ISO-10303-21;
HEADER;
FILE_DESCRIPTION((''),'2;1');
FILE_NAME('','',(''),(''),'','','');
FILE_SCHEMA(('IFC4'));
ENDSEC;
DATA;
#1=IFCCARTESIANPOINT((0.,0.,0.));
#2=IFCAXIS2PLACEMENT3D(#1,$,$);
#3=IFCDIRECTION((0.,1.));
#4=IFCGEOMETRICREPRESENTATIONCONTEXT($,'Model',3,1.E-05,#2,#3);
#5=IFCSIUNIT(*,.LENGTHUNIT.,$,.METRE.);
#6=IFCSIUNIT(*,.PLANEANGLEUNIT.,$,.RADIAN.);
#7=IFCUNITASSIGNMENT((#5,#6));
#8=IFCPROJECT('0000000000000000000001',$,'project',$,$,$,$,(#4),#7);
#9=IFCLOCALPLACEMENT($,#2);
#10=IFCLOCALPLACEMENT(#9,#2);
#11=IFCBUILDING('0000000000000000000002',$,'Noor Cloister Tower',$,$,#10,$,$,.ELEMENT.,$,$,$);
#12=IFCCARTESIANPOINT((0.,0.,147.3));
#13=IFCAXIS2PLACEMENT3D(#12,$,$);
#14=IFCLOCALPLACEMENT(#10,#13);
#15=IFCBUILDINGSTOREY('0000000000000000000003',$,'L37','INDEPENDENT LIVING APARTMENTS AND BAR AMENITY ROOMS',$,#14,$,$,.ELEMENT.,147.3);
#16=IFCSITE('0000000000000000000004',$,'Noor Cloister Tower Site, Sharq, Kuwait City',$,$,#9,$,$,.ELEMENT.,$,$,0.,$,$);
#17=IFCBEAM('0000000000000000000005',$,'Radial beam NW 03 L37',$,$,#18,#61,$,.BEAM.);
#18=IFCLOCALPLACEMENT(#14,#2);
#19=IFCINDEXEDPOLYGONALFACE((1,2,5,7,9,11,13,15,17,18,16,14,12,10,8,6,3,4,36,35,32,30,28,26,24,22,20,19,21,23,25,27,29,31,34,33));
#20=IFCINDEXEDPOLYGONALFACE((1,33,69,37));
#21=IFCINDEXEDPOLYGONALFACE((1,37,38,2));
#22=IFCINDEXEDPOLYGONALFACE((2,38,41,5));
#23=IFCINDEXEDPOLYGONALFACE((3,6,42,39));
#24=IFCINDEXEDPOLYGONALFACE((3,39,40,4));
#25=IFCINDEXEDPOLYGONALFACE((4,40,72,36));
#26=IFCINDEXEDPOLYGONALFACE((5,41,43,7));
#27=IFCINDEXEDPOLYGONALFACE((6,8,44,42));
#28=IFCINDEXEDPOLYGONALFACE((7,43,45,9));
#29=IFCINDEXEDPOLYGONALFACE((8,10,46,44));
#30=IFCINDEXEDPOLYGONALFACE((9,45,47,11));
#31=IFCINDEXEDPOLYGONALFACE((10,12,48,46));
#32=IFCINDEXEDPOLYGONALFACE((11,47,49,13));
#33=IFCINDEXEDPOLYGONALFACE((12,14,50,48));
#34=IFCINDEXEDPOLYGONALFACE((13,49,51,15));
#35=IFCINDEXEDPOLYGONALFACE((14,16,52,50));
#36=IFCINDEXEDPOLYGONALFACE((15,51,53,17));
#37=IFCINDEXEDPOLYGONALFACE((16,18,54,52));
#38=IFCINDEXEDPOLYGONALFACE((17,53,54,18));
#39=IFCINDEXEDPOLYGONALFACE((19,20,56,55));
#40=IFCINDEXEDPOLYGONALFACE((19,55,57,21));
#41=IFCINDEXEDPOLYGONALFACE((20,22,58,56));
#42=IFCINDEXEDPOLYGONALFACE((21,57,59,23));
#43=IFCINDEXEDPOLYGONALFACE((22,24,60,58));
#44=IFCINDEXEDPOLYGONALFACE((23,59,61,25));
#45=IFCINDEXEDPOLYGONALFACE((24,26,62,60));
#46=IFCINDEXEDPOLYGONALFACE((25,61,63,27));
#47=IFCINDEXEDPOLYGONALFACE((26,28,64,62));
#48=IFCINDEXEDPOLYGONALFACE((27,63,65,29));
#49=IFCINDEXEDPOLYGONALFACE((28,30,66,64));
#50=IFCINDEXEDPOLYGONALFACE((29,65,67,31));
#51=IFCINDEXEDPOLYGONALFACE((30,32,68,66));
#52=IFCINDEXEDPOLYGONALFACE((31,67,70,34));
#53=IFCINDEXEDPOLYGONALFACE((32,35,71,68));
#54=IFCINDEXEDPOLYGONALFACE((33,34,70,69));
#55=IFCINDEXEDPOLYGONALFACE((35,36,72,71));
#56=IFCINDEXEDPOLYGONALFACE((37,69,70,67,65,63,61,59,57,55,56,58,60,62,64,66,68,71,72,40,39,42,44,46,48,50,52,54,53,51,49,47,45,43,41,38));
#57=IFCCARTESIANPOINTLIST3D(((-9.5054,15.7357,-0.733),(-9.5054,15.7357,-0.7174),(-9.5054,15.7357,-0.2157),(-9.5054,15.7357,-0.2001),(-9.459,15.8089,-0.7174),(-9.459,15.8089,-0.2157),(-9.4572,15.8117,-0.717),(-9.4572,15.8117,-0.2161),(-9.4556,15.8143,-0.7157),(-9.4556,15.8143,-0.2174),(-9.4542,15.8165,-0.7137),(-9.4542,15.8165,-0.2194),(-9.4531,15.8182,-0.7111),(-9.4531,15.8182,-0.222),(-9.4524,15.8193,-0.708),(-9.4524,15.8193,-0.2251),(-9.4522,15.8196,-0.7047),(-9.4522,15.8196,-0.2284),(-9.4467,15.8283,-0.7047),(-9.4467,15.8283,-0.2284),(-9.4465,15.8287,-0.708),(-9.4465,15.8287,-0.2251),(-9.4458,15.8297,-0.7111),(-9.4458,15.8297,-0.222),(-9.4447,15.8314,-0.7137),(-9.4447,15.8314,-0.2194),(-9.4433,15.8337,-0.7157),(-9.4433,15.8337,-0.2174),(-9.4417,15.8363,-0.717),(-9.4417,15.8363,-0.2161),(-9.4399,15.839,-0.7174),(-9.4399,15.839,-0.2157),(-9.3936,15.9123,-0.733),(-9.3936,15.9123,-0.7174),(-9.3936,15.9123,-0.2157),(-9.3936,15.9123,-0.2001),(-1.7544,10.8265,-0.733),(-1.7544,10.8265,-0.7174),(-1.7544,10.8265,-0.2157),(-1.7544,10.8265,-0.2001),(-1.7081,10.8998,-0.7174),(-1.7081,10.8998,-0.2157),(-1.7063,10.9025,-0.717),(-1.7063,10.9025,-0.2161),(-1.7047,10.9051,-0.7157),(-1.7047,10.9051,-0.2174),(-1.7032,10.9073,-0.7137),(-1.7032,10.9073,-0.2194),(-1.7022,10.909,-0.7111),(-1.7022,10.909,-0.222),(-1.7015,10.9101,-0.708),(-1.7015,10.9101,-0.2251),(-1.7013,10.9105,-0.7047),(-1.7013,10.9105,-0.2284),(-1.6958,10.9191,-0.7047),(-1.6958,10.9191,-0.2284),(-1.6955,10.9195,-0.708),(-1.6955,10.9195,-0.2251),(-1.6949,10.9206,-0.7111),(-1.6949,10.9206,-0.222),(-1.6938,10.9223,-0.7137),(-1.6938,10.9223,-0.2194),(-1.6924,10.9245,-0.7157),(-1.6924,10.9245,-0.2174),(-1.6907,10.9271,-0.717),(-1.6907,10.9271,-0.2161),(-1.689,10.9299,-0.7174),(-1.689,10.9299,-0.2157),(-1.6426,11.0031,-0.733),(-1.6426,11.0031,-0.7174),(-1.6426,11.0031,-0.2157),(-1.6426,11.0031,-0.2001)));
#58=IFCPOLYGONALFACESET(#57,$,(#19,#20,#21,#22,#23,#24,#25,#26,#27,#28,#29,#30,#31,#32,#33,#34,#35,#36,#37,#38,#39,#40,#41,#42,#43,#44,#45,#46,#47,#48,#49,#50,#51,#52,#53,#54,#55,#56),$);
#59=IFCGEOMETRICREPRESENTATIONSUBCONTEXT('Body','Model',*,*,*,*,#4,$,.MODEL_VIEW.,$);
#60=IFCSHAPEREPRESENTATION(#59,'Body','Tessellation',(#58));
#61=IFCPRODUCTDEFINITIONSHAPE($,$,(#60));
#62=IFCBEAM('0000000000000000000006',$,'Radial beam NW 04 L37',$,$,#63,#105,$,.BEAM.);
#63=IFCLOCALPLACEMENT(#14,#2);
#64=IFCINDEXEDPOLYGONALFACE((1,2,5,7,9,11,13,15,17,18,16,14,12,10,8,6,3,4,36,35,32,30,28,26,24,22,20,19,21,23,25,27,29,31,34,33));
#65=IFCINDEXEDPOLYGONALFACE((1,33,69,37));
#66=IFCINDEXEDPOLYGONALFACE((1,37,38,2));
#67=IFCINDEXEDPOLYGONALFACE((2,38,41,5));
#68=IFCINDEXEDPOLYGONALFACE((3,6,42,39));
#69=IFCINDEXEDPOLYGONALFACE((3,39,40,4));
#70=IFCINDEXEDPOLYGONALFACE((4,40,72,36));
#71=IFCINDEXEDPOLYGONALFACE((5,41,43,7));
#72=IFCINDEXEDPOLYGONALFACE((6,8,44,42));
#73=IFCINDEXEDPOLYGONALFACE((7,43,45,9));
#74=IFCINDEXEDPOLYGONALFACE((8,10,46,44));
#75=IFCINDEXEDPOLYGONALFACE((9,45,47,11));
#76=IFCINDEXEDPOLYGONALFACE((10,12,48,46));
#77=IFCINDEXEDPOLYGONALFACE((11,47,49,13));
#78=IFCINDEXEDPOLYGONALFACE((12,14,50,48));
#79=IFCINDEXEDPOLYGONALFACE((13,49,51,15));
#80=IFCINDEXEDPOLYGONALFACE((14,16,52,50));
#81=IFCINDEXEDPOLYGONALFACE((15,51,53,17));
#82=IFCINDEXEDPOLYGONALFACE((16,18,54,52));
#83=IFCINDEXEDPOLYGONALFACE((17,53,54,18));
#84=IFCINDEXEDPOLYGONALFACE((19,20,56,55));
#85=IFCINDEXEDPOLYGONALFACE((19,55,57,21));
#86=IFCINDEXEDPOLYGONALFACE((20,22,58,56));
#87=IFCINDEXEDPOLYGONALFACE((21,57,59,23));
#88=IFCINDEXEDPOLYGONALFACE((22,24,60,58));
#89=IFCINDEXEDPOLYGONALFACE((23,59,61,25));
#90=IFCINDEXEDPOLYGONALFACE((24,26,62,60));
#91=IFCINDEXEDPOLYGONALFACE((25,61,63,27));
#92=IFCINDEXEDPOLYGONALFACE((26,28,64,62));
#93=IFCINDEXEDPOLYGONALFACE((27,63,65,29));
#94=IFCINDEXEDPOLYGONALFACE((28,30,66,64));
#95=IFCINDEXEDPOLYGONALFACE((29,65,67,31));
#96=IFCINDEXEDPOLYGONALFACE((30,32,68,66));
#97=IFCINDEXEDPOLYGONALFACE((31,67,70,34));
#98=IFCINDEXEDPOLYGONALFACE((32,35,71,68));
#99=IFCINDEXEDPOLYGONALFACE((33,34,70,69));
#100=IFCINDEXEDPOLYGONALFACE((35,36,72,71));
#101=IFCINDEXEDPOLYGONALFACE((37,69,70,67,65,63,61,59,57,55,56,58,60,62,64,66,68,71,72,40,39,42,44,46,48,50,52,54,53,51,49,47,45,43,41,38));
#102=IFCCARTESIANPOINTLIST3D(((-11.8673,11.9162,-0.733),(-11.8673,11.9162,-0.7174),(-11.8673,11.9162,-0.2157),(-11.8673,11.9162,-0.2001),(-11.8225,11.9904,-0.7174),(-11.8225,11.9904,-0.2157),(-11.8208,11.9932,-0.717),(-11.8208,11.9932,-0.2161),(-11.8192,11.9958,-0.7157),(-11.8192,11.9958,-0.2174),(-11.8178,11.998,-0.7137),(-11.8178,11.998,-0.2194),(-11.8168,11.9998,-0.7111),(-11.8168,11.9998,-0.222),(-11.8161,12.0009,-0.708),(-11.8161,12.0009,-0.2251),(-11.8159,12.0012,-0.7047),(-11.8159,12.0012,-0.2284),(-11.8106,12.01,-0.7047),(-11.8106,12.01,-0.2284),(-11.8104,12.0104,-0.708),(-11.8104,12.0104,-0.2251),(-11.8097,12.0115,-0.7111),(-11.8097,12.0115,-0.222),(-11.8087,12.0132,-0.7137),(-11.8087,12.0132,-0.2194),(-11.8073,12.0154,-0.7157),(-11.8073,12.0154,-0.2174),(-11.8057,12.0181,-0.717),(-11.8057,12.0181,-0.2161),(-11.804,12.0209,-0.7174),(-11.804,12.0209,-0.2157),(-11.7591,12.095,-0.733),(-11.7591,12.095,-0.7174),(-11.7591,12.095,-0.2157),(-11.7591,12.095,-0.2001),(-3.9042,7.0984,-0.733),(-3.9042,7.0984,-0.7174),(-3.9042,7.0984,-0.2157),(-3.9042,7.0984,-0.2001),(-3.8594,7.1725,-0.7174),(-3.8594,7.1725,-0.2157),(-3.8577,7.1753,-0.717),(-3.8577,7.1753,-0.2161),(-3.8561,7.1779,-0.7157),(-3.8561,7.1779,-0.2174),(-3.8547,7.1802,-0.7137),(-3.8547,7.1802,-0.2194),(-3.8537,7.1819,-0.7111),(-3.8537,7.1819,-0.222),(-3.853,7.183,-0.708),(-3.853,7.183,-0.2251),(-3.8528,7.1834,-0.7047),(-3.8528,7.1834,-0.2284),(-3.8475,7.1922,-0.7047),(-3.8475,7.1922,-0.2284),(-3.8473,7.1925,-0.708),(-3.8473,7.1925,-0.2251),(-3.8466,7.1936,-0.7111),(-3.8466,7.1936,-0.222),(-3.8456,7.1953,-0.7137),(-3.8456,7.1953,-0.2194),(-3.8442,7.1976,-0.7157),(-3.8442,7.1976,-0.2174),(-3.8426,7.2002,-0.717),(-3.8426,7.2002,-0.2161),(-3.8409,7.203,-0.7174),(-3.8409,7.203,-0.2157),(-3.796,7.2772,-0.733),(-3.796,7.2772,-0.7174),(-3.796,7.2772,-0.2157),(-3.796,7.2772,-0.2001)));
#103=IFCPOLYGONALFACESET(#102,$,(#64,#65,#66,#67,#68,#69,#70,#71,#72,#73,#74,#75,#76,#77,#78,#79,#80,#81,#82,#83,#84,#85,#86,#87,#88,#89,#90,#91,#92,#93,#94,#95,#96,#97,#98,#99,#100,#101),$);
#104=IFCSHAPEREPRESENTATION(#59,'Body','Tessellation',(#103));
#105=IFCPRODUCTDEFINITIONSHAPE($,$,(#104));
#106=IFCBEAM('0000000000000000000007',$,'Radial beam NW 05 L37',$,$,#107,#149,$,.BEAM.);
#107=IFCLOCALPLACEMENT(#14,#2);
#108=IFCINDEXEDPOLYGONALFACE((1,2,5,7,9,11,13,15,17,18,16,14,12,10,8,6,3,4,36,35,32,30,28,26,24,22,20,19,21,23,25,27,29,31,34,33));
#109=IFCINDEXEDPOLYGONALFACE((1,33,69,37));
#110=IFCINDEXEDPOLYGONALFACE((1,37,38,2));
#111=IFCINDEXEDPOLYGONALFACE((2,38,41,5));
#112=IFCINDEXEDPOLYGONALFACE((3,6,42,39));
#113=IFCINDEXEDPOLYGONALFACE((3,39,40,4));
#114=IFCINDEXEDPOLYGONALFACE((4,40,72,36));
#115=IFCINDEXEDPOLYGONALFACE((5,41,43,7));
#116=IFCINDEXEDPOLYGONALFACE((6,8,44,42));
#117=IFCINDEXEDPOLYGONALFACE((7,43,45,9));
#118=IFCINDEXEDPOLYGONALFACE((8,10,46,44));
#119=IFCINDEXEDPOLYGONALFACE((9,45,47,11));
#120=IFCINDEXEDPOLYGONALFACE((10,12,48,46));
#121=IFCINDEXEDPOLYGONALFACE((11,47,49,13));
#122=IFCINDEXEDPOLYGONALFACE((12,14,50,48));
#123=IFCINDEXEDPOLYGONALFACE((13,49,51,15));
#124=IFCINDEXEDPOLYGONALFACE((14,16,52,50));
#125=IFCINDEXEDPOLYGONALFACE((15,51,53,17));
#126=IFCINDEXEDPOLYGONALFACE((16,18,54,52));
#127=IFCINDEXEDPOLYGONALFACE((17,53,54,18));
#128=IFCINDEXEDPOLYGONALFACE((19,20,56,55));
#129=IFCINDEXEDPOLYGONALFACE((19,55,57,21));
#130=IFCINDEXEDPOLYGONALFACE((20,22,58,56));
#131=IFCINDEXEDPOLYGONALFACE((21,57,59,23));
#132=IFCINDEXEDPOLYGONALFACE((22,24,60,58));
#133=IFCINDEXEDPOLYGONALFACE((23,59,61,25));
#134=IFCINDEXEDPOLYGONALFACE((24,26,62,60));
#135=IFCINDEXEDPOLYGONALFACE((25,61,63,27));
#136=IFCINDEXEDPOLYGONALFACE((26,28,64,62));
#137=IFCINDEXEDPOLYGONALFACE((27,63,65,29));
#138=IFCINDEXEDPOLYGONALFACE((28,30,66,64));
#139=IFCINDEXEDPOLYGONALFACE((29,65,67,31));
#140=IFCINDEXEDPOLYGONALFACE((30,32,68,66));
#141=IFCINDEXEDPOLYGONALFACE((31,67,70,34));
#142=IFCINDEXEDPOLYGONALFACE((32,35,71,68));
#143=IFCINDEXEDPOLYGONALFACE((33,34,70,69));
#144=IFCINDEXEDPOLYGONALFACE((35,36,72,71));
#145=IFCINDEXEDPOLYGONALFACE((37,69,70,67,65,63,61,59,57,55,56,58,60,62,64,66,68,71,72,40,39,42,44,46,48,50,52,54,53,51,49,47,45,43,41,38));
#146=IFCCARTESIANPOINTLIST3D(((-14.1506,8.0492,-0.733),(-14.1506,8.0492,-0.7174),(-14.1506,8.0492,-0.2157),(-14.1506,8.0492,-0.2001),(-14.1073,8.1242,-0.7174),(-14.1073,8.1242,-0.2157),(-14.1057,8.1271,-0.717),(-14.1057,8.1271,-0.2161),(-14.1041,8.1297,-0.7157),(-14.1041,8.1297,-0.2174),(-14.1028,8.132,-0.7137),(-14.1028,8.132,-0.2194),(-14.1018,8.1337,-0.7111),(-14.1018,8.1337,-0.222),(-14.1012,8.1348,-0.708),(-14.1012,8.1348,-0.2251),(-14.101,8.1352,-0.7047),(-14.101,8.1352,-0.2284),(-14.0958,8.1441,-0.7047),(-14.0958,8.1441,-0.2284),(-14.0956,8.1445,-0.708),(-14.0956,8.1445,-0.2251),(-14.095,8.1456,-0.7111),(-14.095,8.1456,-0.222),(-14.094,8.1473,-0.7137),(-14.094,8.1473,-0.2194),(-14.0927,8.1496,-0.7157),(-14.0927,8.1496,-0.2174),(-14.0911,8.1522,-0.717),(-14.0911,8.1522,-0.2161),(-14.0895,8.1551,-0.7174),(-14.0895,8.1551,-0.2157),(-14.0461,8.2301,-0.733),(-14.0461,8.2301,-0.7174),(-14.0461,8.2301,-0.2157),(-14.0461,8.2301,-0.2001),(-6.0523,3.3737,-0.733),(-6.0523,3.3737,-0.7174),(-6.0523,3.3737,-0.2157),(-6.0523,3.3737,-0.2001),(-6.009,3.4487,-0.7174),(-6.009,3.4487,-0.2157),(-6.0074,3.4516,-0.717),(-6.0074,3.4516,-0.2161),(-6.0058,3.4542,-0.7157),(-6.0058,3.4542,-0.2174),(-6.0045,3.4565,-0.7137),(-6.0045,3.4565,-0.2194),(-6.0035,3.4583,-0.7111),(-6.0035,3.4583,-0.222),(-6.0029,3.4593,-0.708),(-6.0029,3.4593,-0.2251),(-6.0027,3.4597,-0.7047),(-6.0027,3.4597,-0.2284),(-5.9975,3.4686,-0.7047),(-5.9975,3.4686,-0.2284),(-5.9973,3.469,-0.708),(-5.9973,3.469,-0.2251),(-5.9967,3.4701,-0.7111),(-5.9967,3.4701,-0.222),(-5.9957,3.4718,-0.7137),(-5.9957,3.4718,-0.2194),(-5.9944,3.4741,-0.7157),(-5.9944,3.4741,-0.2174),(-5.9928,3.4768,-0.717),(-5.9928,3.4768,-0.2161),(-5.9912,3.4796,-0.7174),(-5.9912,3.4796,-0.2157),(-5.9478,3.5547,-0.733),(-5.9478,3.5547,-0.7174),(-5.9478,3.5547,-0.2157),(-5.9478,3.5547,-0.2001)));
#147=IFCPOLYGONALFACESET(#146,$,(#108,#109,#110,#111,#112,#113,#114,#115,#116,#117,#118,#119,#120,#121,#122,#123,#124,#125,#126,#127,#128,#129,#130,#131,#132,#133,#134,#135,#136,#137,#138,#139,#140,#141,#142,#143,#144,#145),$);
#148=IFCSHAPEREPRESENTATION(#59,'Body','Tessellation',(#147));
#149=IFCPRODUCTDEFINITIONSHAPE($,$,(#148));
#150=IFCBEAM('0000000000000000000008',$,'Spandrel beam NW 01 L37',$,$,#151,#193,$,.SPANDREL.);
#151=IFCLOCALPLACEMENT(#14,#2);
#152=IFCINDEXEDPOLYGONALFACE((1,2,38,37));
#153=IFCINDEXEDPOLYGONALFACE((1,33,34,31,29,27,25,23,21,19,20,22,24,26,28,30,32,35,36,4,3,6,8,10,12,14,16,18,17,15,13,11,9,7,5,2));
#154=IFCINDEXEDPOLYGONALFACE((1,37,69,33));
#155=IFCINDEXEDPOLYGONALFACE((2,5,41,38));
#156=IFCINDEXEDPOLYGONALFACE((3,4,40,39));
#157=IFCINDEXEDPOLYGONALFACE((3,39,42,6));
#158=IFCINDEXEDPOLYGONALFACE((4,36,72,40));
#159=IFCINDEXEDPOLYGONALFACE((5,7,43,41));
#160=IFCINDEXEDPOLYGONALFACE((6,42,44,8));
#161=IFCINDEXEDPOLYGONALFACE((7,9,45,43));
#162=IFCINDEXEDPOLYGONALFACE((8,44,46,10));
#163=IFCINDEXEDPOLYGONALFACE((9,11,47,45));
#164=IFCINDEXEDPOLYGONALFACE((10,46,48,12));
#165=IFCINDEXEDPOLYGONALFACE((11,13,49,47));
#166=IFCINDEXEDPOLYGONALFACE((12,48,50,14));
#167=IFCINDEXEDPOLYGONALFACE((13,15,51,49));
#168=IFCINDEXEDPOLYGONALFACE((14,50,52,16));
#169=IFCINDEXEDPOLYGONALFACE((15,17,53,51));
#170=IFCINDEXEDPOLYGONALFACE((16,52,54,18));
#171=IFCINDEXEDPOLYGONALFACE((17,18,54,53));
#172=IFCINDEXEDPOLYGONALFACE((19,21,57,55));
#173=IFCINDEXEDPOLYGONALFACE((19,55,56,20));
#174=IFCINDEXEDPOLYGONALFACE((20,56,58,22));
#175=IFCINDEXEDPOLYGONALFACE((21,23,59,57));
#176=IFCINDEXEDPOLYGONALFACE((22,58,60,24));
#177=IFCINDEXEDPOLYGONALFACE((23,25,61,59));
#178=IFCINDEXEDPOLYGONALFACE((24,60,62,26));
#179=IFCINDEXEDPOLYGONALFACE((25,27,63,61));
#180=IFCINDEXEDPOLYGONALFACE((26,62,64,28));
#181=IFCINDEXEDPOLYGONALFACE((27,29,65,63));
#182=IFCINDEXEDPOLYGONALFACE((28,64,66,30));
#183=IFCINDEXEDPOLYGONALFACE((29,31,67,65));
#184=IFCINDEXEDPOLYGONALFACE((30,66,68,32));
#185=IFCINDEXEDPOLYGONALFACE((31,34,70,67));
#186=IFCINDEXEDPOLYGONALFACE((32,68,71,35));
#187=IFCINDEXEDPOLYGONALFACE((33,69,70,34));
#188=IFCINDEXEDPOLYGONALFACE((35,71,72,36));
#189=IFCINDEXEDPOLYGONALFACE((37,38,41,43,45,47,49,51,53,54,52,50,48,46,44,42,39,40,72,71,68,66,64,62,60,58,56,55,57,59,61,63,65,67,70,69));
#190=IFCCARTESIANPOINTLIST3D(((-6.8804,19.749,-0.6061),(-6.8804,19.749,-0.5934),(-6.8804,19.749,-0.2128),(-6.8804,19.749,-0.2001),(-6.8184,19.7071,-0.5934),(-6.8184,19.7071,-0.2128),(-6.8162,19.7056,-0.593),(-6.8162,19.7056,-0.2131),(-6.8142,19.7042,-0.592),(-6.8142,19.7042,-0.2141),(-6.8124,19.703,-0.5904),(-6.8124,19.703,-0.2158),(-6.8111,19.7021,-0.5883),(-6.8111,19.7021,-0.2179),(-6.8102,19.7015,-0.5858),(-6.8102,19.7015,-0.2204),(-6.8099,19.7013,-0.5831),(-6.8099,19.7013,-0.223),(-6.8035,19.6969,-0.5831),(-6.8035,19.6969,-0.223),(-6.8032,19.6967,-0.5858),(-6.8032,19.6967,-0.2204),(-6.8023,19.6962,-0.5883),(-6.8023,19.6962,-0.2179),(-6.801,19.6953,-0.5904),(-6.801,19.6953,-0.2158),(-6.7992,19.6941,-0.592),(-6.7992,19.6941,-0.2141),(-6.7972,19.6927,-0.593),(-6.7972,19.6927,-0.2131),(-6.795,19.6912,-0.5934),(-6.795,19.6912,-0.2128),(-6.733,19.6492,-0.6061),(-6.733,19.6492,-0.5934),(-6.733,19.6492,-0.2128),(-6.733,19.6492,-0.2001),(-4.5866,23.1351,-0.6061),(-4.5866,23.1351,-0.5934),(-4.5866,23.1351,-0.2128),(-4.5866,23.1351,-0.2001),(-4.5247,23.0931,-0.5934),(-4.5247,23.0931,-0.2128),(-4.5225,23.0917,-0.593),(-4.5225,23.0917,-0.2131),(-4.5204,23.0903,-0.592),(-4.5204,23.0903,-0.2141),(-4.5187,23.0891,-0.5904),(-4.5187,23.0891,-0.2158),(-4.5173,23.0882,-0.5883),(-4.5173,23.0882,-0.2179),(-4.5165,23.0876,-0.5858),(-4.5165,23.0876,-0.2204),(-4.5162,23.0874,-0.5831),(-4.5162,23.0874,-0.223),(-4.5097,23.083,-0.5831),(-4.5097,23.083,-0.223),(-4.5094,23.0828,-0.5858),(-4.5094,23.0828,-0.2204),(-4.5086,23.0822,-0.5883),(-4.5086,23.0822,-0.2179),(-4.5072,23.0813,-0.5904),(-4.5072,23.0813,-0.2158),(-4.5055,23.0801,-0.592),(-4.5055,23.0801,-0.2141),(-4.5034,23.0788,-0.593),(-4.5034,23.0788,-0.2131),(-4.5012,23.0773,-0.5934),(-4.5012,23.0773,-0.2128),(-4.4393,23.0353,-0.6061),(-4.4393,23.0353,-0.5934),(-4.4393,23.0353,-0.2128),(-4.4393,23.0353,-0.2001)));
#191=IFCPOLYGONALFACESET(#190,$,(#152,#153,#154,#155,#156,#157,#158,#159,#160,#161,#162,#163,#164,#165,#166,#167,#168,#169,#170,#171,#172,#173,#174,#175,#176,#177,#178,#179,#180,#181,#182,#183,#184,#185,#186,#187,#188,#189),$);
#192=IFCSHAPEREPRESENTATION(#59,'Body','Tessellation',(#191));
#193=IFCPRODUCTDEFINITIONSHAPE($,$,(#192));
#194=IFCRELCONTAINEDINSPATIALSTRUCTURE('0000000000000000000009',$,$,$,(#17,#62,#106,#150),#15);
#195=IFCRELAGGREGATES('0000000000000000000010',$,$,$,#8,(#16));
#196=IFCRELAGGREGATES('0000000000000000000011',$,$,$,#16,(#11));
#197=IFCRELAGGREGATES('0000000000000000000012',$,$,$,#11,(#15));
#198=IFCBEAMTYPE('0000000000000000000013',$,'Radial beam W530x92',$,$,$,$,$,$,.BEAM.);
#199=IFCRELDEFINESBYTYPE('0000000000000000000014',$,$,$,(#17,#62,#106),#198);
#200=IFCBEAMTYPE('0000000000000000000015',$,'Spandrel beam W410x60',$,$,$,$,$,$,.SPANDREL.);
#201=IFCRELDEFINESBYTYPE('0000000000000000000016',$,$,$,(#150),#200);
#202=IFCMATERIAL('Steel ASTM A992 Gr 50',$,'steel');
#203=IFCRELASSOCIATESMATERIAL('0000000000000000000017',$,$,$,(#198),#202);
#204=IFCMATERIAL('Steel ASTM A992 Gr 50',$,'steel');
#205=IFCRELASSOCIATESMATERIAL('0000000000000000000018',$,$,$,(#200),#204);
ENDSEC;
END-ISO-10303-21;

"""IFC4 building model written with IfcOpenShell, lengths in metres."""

from ifc_helpers import new_model, si_unit, direction, frame, origin, origin_2d, place, context, subcontext, project, spatial, i_section, extrude, material, material_profile, profile_set, type_object, element, save


model = new_model("IFC4")

# Units and contexts
model_context = context("Model", 3, precision=1e-05, world=origin(), true_north=direction((0.0, 1.0)))
body_context = subcontext(model_context, "Body", "Model", "MODEL_VIEW")
ifc_project = project(units=[si_unit("LENGTHUNIT", "METRE"), si_unit("PLANEANGLEUNIT", "RADIAN")], contexts=[model_context])

# Site, building, storey
site_placement = place(None, origin())
site = spatial("IfcSite", under=ifc_project, at=site_placement, Name="Noor Cloister Tower Site, Sharq, Kuwait City", CompositionType="ELEMENT", RefElevation=0.0)
building_placement = place(site_placement, origin())
building = spatial("IfcBuilding", under=site, at=building_placement, Name="Noor Cloister Tower", CompositionType="ELEMENT")
storey_placement = place(building_placement, frame((0.0, 0.0, 147.3)))
storey = spatial("IfcBuildingStorey", under=building, at=storey_placement, Name="L37", Description="INDEPENDENT LIVING APARTMENTS AND BAR AMENITY ROOMS", CompositionType="ELEMENT", Elevation=147.3)

# Beams
ifc_material_1 = material(Name="Steel ASTM A992 Gr 50", Category="steel")
ifc_material_profile_1 = material_profile(ifc_material_1, i_section(OverallWidth=0.209, OverallDepth=0.533, WebThickness=0.0103, FlangeThickness=0.0156, FilletRadius=0.0127, at=origin_2d()), Name="W530x92")
ifc_profile_set_1 = profile_set([ifc_material_profile_1], Name="Steel ASTM A992 Gr 50")
beam_type_1 = type_object("IfcBeamType", Name="Radial beam W530x92", PredefinedType="BEAM", material=ifc_profile_set_1)
beam_1_placement = place(storey_placement, frame((-9.4495, 15.824, -0.4666), z_axis=(0.844808, -0.53507, 0.0), x_axis=(0.53507, 0.844808, 0.0)))
element("IfcBeam", 1, at=beam_1_placement, inside=storey, type_object=beam_type_1, Name="Radial beam NW 03 L37", PredefinedType="BEAM", context=body_context, shape_type="SweptSolid", body=[
    extrude(i_section(OverallWidth=0.209, OverallDepth=0.533, WebThickness=0.0103, FlangeThickness=0.0156, FilletRadius=0.0127, at=origin_2d()), origin(), (0.0, 0.0, 1.0), 9.1748),
])
beam_2_placement = place(storey_placement, frame((-11.8132, 12.0056, -0.4666), z_axis=(0.855591, -0.517652, 0.0), x_axis=(0.517652, 0.855591, 0.0)))
element("IfcBeam", 2, at=beam_2_placement, inside=storey, type_object=beam_type_1, Name="Radial beam NW 04 L37", PredefinedType="BEAM", context=body_context, shape_type="SweptSolid", body=[
    extrude(i_section(OverallWidth=0.209, OverallDepth=0.533, WebThickness=0.0103, FlangeThickness=0.0156, FilletRadius=0.0127, at=origin_2d()), origin(), (0.0, 0.0, 1.0), 9.3071),
])
beam_3_placement = place(storey_placement, frame((-14.0984, 8.1396, -0.4666), z_axis=(0.866029, -0.499994, 0.0), x_axis=(0.499994, 0.866029, 0.0)))
element("IfcBeam", 3, at=beam_3_placement, inside=storey, type_object=beam_type_1, Name="Radial beam NW 05 L37", PredefinedType="BEAM", context=body_context, shape_type="SweptSolid", body=[
    extrude(i_section(OverallWidth=0.209, OverallDepth=0.533, WebThickness=0.0103, FlangeThickness=0.0156, FilletRadius=0.0127, at=origin_2d()), origin(), (0.0, 0.0, 1.0), 9.3511),
])
ifc_material_2 = material(Name="Steel ASTM A992 Gr 50", Category="steel")
ifc_material_profile_2 = material_profile(ifc_material_2, i_section(OverallWidth=0.178, OverallDepth=0.406, WebThickness=0.0078, FlangeThickness=0.0127, FilletRadius=0.0103, at=origin_2d()), Name="W410x60")
ifc_profile_set_2 = profile_set([ifc_material_profile_2], Name="Steel ASTM A992 Gr 50")
beam_type_2 = type_object("IfcBeamType", Name="Spandrel beam W410x60", PredefinedType="SPANDREL", material=ifc_profile_set_2)
beam_4_placement = place(storey_placement, frame((-4.5129, 23.0852, -0.4031), z_axis=(-0.560843, -0.827922, 0.0), x_axis=(0.827922, -0.560843, 0.0)))
element("IfcBeam", 4, at=beam_4_placement, inside=storey, type_object=beam_type_2, Name="Spandrel beam NW 01 L37", PredefinedType="SPANDREL", context=body_context, shape_type="SweptSolid", body=[
    extrude(i_section(OverallWidth=0.178, OverallDepth=0.406, WebThickness=0.0078, FlangeThickness=0.0127, FilletRadius=0.0103, at=origin_2d()), origin(), (0.0, 0.0, 1.0), 4.0898),
])

save(model, "model.ifc")
